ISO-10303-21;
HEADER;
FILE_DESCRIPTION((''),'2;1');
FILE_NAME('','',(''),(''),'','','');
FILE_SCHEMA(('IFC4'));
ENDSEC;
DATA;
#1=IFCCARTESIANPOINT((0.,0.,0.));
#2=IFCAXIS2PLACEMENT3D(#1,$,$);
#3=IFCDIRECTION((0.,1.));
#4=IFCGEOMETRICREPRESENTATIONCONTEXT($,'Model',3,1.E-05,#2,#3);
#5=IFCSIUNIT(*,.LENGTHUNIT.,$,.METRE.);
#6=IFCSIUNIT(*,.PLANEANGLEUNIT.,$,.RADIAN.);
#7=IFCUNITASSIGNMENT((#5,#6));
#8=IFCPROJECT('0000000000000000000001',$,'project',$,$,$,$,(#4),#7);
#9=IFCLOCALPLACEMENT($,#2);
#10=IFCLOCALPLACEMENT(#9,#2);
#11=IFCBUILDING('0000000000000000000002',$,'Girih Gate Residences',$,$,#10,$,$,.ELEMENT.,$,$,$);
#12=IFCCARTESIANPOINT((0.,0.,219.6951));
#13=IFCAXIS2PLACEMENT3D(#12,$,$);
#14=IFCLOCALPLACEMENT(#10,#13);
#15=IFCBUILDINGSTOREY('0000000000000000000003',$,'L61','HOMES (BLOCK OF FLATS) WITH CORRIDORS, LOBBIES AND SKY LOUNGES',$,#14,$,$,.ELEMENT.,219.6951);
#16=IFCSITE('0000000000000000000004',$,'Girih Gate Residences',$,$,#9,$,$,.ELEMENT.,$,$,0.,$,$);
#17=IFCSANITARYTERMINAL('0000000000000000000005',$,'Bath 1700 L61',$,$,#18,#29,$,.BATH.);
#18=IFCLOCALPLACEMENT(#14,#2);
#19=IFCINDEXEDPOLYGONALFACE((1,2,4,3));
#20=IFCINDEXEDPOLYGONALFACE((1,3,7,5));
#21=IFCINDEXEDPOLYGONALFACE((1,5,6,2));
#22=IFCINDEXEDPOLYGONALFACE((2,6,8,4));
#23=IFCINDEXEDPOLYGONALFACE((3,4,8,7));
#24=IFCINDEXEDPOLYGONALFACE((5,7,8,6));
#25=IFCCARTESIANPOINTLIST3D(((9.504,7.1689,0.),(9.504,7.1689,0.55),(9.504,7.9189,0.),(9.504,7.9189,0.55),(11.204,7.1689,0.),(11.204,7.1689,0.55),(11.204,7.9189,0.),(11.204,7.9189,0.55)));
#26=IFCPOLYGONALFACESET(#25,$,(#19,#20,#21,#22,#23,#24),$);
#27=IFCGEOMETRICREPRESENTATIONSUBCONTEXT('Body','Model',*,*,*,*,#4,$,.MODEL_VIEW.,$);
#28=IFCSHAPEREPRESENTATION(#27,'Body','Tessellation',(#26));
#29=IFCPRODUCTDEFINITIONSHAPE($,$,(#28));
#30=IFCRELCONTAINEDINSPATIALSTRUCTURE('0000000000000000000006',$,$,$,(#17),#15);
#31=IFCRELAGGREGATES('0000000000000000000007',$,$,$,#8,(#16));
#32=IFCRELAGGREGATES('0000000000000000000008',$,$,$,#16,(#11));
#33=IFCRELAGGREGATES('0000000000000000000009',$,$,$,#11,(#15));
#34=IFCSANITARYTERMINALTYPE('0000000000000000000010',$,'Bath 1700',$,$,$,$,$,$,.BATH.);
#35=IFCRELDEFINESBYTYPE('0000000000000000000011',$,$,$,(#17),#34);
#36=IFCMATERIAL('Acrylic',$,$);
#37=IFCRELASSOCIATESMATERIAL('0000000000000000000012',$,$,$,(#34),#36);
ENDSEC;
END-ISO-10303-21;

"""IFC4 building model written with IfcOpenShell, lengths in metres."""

from ifc_helpers import new_model, si_unit, direction, frame, origin, origin_2d, place, context, subcontext, project, spatial, rectangle, extrude, material, type_object, element, save


model = new_model("IFC4")

# Units and contexts
model_context = context("Model", 3, precision=1e-05, world=origin(), true_north=direction((0.0, 1.0)))
body_context = subcontext(model_context, "Body", "Model", "MODEL_VIEW")
ifc_project = project(units=[si_unit("LENGTHUNIT", "METRE"), si_unit("PLANEANGLEUNIT", "RADIAN")], contexts=[model_context])

# Site, building, storey
site_placement = place(None, origin())
site = spatial("IfcSite", under=ifc_project, at=site_placement, Name="Girih Gate Residences", CompositionType="ELEMENT", RefElevation=0.0)
building_placement = place(site_placement, origin())
building = spatial("IfcBuilding", under=site, at=building_placement, Name="Girih Gate Residences", CompositionType="ELEMENT")
storey_placement = place(building_placement, frame((0.0, 0.0, 219.6951)))
storey = spatial("IfcBuildingStorey", under=building, at=storey_placement, Name="L61", Description="HOMES (BLOCK OF FLATS) WITH CORRIDORS, LOBBIES AND SKY LOUNGES", CompositionType="ELEMENT", Elevation=219.6951)

# Sanitary terminal
ifc_material_1 = material(Name="Acrylic")
sanitary_terminal_type = type_object("IfcSanitaryTerminalType", Name="Bath 1700", PredefinedType="BATH", material=ifc_material_1)
sanitary_terminal_placement = place(storey_placement, frame((10.354, 7.5439, 0.0), z_axis=(0.0, 0.0, 1.0), x_axis=(1.0, 0.0, 0.0)))
element("IfcSanitaryTerminal", 1, at=sanitary_terminal_placement, inside=storey, type_object=sanitary_terminal_type, Name="Bath 1700 L61", PredefinedType="BATH", context=body_context, shape_type="SweptSolid", body=[
    extrude(rectangle(XDim=1.7, YDim=0.75, at=origin_2d()), origin(), (0.0, 0.0, 1.0), 0.55),
])

save(model, "model.ifc")
